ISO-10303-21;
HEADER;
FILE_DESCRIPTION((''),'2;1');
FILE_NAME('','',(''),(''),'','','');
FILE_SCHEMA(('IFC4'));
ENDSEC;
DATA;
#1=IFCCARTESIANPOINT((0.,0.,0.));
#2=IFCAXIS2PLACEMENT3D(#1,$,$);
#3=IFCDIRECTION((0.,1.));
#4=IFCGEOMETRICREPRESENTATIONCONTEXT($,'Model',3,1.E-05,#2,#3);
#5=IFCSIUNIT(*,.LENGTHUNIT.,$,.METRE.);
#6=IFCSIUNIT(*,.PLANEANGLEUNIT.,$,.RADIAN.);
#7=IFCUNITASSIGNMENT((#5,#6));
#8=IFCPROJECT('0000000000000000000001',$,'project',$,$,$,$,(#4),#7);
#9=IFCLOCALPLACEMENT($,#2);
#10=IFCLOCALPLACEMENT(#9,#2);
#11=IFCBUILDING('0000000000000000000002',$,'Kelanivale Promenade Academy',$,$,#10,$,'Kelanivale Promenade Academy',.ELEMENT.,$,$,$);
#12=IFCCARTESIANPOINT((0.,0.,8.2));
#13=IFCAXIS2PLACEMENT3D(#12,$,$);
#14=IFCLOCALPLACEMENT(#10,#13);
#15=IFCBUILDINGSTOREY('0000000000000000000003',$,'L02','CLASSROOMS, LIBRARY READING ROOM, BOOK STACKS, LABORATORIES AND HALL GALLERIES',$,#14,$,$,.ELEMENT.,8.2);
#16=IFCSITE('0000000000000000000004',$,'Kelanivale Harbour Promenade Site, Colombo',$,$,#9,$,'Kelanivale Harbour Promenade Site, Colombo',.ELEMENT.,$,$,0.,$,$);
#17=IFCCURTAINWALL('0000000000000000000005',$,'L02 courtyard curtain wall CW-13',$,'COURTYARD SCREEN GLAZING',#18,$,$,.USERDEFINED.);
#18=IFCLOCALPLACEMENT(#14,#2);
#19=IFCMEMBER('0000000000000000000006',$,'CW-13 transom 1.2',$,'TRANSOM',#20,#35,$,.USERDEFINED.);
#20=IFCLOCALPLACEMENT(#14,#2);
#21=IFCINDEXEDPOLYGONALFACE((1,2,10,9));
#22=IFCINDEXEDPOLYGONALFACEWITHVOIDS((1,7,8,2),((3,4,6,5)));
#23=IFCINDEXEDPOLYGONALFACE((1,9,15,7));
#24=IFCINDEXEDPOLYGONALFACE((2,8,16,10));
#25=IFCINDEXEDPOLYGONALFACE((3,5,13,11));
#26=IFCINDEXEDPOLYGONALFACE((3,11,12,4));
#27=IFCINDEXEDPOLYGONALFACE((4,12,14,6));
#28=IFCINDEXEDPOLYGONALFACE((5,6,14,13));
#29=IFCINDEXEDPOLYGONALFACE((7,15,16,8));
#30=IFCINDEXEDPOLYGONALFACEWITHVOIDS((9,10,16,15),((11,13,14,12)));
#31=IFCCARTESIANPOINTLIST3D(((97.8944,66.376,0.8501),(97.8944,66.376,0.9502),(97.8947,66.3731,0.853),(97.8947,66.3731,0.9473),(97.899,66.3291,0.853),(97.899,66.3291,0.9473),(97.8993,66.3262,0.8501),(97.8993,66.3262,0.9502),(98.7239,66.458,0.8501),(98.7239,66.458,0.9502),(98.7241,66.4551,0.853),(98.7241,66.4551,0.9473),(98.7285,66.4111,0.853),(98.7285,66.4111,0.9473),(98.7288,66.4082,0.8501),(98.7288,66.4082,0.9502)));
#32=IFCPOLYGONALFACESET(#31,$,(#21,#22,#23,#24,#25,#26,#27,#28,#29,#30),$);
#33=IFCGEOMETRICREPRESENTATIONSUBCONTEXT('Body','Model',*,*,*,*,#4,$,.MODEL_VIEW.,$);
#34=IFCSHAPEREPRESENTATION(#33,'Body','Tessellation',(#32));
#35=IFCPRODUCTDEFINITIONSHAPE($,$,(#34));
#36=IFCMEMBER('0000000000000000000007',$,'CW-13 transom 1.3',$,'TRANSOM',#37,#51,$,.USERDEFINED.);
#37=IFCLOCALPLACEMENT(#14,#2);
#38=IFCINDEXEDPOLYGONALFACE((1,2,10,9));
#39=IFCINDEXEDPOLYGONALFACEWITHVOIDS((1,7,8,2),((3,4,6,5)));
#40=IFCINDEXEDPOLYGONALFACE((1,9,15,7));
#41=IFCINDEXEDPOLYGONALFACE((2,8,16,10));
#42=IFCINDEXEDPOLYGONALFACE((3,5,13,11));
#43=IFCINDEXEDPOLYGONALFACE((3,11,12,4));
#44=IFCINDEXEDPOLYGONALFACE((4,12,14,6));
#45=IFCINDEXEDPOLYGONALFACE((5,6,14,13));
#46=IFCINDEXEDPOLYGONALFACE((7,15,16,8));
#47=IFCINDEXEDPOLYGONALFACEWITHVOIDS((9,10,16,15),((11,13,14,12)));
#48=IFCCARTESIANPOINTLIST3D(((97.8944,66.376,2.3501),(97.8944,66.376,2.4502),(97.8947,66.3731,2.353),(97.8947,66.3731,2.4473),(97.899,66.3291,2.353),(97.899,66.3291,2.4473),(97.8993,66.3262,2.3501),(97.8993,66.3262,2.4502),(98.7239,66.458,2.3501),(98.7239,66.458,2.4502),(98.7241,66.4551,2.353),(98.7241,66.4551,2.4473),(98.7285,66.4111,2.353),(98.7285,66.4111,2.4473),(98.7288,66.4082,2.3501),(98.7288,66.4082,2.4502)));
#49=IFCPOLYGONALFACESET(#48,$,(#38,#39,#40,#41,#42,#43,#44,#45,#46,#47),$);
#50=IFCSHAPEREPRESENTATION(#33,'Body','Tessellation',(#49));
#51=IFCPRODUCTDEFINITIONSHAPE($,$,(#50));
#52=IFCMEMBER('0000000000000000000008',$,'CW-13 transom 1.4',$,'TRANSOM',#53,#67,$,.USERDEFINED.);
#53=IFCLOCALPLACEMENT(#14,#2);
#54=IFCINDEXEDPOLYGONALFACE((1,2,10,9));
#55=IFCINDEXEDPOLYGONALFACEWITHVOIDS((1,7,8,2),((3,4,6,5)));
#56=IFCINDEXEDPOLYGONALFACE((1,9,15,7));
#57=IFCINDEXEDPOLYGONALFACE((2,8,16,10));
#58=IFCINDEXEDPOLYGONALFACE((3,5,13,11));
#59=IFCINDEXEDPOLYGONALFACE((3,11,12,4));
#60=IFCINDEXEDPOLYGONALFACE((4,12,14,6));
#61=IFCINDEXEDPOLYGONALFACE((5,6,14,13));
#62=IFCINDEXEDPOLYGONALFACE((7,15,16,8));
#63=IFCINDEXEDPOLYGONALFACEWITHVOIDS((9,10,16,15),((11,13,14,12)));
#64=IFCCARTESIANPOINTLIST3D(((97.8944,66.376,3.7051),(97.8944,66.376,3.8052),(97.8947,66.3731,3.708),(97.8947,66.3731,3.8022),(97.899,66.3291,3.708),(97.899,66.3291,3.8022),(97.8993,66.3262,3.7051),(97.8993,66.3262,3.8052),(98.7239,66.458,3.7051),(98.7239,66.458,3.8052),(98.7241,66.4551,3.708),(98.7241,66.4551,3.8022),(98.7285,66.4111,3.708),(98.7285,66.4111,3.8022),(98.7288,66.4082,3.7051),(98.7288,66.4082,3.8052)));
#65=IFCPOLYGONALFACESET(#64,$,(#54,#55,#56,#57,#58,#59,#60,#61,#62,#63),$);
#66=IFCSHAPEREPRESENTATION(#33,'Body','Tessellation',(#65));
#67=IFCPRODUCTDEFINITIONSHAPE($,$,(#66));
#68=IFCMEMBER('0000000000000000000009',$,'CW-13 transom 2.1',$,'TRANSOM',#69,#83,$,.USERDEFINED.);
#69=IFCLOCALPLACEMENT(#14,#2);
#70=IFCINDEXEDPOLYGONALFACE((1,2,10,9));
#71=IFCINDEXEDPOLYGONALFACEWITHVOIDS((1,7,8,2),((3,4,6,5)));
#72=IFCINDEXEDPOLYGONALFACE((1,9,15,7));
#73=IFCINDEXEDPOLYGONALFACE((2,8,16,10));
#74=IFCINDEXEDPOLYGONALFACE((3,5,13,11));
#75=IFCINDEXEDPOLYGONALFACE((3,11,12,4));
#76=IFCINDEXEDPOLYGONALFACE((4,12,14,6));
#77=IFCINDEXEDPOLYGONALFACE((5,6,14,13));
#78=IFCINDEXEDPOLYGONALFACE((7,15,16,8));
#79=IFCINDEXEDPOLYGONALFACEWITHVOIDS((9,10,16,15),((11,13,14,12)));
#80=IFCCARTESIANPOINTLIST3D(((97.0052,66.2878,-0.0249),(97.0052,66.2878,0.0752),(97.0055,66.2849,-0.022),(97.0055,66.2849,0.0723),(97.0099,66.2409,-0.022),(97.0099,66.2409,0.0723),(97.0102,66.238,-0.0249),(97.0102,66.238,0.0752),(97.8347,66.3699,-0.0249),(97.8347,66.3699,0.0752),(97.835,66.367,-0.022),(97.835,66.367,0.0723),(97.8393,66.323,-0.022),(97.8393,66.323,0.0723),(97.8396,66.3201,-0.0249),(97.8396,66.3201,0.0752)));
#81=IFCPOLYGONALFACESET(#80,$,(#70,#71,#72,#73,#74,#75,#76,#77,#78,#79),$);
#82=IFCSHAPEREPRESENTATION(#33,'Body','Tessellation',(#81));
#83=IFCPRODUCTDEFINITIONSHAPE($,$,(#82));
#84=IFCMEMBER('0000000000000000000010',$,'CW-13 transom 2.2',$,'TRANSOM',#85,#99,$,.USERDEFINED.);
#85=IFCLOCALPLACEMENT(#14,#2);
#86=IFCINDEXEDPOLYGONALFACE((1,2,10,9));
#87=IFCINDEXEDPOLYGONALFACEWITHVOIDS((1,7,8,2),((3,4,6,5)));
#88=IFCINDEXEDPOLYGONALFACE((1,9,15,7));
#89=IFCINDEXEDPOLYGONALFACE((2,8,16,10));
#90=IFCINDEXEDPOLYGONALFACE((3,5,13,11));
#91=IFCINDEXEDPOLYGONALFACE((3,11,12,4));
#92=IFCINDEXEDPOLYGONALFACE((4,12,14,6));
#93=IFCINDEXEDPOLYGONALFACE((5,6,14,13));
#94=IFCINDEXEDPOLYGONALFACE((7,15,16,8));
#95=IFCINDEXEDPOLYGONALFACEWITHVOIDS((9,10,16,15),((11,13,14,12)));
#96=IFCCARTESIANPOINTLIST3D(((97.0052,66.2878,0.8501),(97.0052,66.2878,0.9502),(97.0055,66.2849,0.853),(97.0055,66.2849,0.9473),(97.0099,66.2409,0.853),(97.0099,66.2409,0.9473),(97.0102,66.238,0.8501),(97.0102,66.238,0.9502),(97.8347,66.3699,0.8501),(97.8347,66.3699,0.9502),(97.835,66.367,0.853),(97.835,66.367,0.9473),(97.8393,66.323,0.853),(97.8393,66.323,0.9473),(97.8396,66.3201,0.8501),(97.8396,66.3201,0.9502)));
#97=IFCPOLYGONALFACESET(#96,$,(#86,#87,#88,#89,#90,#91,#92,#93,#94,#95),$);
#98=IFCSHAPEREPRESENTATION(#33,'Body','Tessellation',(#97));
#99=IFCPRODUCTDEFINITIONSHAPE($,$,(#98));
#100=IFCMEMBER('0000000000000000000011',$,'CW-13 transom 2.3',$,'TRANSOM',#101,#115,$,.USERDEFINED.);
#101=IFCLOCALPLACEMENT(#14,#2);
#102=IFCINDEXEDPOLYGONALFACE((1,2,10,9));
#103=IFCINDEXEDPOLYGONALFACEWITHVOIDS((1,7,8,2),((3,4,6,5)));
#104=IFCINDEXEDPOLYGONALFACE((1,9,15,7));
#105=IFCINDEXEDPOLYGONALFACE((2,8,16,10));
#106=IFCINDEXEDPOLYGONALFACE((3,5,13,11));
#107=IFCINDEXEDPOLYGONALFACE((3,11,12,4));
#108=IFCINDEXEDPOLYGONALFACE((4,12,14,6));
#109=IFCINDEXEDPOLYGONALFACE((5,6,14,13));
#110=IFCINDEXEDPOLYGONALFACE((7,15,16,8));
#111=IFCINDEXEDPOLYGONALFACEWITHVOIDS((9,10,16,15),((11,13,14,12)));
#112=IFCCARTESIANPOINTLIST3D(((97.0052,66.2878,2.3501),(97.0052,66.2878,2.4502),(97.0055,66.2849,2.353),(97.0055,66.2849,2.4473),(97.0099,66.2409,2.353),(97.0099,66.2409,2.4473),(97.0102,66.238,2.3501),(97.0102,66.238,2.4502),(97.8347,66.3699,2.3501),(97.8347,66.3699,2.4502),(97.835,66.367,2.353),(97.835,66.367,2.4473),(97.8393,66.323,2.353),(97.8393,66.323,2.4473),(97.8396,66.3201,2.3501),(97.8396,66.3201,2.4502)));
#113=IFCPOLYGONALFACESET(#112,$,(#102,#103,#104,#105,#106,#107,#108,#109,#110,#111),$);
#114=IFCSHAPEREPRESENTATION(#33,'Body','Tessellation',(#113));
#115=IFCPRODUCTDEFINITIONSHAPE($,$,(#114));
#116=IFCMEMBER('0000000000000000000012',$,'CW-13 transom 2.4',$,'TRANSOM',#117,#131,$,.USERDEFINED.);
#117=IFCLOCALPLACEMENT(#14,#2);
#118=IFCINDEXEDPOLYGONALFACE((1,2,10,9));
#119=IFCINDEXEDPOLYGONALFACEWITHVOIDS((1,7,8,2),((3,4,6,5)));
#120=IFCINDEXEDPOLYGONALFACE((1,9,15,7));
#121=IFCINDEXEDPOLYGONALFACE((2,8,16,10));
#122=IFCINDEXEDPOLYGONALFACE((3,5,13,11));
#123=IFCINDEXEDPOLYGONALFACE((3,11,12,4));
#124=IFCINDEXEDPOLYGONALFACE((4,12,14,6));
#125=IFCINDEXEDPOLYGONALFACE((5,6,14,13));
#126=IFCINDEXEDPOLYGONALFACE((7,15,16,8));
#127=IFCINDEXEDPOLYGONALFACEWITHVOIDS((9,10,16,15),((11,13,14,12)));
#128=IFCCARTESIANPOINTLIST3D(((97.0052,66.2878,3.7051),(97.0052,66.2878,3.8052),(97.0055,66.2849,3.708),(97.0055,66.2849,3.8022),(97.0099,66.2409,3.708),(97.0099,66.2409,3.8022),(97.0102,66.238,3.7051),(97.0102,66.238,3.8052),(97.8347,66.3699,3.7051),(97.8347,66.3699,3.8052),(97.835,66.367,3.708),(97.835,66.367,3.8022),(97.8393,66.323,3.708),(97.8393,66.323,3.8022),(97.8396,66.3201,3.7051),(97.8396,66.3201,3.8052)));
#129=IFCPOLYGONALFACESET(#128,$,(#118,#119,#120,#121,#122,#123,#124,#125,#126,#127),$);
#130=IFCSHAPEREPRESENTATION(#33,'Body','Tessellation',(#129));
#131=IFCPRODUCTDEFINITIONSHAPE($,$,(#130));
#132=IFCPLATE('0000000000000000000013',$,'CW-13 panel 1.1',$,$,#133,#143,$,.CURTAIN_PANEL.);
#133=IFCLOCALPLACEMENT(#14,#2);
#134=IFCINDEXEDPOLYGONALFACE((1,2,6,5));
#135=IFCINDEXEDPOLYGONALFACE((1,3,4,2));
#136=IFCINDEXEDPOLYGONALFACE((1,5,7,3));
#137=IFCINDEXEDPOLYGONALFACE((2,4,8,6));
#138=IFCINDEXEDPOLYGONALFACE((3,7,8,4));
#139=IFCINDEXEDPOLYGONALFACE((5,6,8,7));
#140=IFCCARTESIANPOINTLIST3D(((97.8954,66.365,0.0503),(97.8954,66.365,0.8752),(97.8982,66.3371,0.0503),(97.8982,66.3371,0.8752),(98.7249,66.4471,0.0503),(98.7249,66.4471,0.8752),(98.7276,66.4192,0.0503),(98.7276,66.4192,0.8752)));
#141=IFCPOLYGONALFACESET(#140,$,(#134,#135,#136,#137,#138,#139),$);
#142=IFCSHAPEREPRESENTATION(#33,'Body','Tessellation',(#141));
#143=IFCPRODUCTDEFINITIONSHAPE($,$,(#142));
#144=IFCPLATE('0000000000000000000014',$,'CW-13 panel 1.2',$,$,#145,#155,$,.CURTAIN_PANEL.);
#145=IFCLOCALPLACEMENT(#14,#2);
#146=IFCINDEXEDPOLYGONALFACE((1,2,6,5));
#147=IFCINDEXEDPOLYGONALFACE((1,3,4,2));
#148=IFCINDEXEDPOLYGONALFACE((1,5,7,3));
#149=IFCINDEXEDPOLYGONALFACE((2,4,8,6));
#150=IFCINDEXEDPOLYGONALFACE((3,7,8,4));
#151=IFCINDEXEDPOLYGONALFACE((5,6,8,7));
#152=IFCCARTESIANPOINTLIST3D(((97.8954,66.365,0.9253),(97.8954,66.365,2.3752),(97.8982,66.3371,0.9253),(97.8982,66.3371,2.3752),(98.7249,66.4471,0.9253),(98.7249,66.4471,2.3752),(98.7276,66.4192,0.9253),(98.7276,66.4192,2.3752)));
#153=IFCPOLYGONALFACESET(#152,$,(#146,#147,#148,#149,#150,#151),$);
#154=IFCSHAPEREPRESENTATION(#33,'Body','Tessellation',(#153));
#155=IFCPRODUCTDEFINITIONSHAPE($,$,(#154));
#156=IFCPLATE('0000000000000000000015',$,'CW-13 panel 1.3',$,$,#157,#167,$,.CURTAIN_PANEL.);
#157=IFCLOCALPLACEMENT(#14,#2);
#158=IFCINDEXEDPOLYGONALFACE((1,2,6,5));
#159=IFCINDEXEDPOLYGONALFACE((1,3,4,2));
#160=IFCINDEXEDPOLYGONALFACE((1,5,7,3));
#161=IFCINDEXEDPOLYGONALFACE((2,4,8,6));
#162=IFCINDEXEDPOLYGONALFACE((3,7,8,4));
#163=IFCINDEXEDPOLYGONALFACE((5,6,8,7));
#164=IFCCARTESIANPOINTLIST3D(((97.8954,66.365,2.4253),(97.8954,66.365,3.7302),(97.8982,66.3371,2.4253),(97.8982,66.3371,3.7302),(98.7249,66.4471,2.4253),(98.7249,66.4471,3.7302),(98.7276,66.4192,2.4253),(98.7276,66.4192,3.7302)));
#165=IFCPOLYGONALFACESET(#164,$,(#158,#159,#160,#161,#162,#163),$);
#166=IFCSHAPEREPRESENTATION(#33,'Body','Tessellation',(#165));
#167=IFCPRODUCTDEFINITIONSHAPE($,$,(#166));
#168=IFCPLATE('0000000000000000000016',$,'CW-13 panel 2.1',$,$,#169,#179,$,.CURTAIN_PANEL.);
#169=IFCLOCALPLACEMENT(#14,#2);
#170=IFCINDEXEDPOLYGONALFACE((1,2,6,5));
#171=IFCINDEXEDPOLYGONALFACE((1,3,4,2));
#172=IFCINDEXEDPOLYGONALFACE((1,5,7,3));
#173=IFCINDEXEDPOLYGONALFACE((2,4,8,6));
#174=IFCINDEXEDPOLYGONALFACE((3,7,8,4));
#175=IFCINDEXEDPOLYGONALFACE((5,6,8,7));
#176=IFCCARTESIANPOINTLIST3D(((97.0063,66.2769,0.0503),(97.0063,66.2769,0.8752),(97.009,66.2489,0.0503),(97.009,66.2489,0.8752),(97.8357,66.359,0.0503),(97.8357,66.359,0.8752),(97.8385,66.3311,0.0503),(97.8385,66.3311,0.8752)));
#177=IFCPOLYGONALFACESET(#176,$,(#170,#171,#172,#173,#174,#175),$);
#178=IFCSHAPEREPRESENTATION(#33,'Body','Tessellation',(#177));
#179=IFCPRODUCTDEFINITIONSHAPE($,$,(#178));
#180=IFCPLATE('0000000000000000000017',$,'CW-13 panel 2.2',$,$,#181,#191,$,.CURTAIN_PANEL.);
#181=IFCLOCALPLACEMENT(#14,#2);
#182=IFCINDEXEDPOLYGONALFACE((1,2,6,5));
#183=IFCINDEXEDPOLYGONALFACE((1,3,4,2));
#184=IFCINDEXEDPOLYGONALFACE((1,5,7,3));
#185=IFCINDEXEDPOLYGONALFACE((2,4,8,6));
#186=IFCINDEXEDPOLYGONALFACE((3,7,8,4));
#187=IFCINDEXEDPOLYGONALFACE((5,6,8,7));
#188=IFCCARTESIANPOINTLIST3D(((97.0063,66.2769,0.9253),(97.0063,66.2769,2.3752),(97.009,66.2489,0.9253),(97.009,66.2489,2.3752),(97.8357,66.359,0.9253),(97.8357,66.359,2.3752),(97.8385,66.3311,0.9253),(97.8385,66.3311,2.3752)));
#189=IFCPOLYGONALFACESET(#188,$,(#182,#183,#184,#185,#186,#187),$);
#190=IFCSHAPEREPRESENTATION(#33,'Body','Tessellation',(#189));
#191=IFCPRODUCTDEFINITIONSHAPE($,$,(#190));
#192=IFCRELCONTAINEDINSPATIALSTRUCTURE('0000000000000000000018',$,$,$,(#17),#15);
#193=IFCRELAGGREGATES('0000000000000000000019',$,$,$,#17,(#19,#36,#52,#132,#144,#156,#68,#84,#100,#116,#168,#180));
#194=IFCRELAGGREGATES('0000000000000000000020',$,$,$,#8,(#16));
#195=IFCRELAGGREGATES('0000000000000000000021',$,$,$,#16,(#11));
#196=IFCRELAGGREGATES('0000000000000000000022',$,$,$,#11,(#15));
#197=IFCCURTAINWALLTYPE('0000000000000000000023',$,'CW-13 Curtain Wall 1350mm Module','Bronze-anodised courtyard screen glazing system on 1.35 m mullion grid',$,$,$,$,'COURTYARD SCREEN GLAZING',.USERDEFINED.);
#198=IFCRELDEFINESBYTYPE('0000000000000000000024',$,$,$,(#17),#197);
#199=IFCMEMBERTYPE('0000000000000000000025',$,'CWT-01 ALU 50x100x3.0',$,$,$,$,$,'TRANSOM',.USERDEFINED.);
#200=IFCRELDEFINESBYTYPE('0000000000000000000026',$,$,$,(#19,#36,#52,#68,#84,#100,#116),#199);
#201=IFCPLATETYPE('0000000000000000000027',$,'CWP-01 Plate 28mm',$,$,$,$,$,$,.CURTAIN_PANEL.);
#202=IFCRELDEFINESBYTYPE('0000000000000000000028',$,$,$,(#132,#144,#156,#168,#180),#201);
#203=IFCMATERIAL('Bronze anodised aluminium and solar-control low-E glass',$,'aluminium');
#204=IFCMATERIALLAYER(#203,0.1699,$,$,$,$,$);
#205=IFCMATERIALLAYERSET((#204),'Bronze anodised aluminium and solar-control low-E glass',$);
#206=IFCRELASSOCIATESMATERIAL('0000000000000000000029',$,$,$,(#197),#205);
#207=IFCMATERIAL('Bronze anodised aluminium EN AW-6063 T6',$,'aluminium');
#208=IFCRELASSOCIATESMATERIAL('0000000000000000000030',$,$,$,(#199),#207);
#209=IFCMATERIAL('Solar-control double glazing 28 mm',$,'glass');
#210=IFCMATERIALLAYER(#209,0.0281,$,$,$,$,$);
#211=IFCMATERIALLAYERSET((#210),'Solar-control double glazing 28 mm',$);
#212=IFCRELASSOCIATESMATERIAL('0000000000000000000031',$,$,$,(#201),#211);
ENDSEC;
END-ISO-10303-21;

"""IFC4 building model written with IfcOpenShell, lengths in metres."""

from ifc_helpers import new_model, si_unit, direction, frame, origin, origin_2d, place, context, subcontext, project, spatial, rectangle, hollow_rectangle, extrude, material, layer, layer_set, material_profile, profile_set, type_object, element, aggregate, save


model = new_model("IFC4")

# Units and contexts
model_context = context("Model", 3, precision=1e-05, world=origin(), true_north=direction((0.0, 1.0)))
body_context = subcontext(model_context, "Body", "Model", "MODEL_VIEW")
ifc_project = project(units=[si_unit("LENGTHUNIT", "METRE"), si_unit("PLANEANGLEUNIT", "RADIAN")], contexts=[model_context])

# Site, building, storey
site_placement = place(None, origin())
site = spatial("IfcSite", under=ifc_project, at=site_placement, Name="Kelanivale Harbour Promenade Site, Colombo", LongName="Kelanivale Harbour Promenade Site, Colombo", CompositionType="ELEMENT", RefElevation=0.0)
building_placement = place(site_placement, origin())
building = spatial("IfcBuilding", under=site, at=building_placement, Name="Kelanivale Promenade Academy", LongName="Kelanivale Promenade Academy", CompositionType="ELEMENT")
storey_placement = place(building_placement, frame((0.0, 0.0, 8.2)))
storey = spatial("IfcBuildingStorey", under=building, at=storey_placement, Name="L02", Description="CLASSROOMS, LIBRARY READING ROOM, BOOK STACKS, LABORATORIES AND HALL GALLERIES", CompositionType="ELEMENT", Elevation=8.2)

# Curtain wall
ifc_material_1 = material(Name="Bronze anodised aluminium and solar-control low-E glass", Category="aluminium")
ifc_layer_1 = layer(ifc_material_1, 0.1699)
ifc_layer_set_1 = layer_set([ifc_layer_1], Name="Bronze anodised aluminium and solar-control low-E glass")
curtain_wall_type_1 = type_object("IfcCurtainWallType", Name="CW-13 Curtain Wall 1350mm Module", Description="Bronze-anodised courtyard screen glazing system on 1.35 m mullion grid", ElementType="COURTYARD SCREEN GLAZING", PredefinedType="USERDEFINED", material=ifc_layer_set_1)
curtain_wall_1_placement = place(storey_placement, origin())
curtain_wall_1 = element("IfcCurtainWall", 1, at=curtain_wall_1_placement, inside=storey, type_object=curtain_wall_type_1, Name="L02 courtyard curtain wall CW-13", ObjectType="COURTYARD SCREEN GLAZING", PredefinedType="USERDEFINED")
ifc_material_2 = material(Name="Bronze anodised aluminium EN AW-6063 T6", Category="aluminium")

# Members
ifc_material_profile_1 = material_profile(ifc_material_2, hollow_rectangle(XDim=0.05, YDim=0.1001, WallThickness=0.0029, at=origin_2d()), Name="ALU 50x100x3.0")
ifc_profile_set_1 = profile_set([ifc_material_profile_1], Name="Bronze anodised aluminium EN AW-6063 T6")
member_type_1 = type_object("IfcMemberType", Name="CWT-01 ALU 50x100x3.0", ElementType="TRANSOM", PredefinedType="USERDEFINED", material=ifc_profile_set_1)
member_1_placement = place(storey_placement, frame((98.7263, 66.4331, 0.9001), z_axis=(-0.995144, -0.09843, 0.0), x_axis=(0.09843, -0.995144, 0.0)))
member_1 = element("IfcMember", 2, at=member_1_placement, type_object=member_type_1, Name="CW-13 transom 1.2", ObjectType="TRANSOM", PredefinedType="USERDEFINED", context=body_context, shape_type="SweptSolid", body=[
    extrude(hollow_rectangle(XDim=0.05, YDim=0.1001, WallThickness=0.0029, at=origin_2d()), origin(), (0.0, 0.0, 1.0), 0.8335),
])
member_2_placement = place(storey_placement, frame((98.7263, 66.4331, 2.4001), z_axis=(-0.995144, -0.09843, 0.0), x_axis=(0.09843, -0.995144, 0.0)))
member_2 = element("IfcMember", 3, at=member_2_placement, type_object=member_type_1, Name="CW-13 transom 1.3", ObjectType="TRANSOM", PredefinedType="USERDEFINED", context=body_context, shape_type="SweptSolid", body=[
    extrude(hollow_rectangle(XDim=0.05, YDim=0.1001, WallThickness=0.0029, at=origin_2d()), origin(), (0.0, 0.0, 1.0), 0.8335),
])
member_3_placement = place(storey_placement, frame((98.7263, 66.4331, 3.7551), z_axis=(-0.995144, -0.09843, 0.0), x_axis=(0.09843, -0.995144, 0.0)))
member_3 = element("IfcMember", 4, at=member_3_placement, type_object=member_type_1, Name="CW-13 transom 1.4", ObjectType="TRANSOM", PredefinedType="USERDEFINED", context=body_context, shape_type="SweptSolid", body=[
    extrude(hollow_rectangle(XDim=0.05, YDim=0.1001, WallThickness=0.0029, at=origin_2d()), origin(), (0.0, 0.0, 1.0), 0.8335),
])
member_4_placement = place(storey_placement, frame((97.8372, 66.345, 0.0251), z_axis=(-0.995144, -0.09843, 0.0), x_axis=(0.09843, -0.995144, 0.0)))
member_4 = element("IfcMember", 5, at=member_4_placement, type_object=member_type_1, Name="CW-13 transom 2.1", ObjectType="TRANSOM", PredefinedType="USERDEFINED", context=body_context, shape_type="SweptSolid", body=[
    extrude(hollow_rectangle(XDim=0.05, YDim=0.1001, WallThickness=0.0029, at=origin_2d()), origin(), (0.0, 0.0, 1.0), 0.8335),
])
member_5_placement = place(storey_placement, frame((97.8372, 66.345, 0.9001), z_axis=(-0.995144, -0.09843, 0.0), x_axis=(0.09843, -0.995144, 0.0)))
member_5 = element("IfcMember", 6, at=member_5_placement, type_object=member_type_1, Name="CW-13 transom 2.2", ObjectType="TRANSOM", PredefinedType="USERDEFINED", context=body_context, shape_type="SweptSolid", body=[
    extrude(hollow_rectangle(XDim=0.05, YDim=0.1001, WallThickness=0.0029, at=origin_2d()), origin(), (0.0, 0.0, 1.0), 0.8335),
])
member_6_placement = place(storey_placement, frame((97.8372, 66.345, 2.4001), z_axis=(-0.995144, -0.09843, 0.0), x_axis=(0.09843, -0.995144, 0.0)))
member_6 = element("IfcMember", 7, at=member_6_placement, type_object=member_type_1, Name="CW-13 transom 2.3", ObjectType="TRANSOM", PredefinedType="USERDEFINED", context=body_context, shape_type="SweptSolid", body=[
    extrude(hollow_rectangle(XDim=0.05, YDim=0.1001, WallThickness=0.0029, at=origin_2d()), origin(), (0.0, 0.0, 1.0), 0.8335),
])
member_7_placement = place(storey_placement, frame((97.8372, 66.345, 3.7551), z_axis=(-0.995144, -0.09843, 0.0), x_axis=(0.09843, -0.995144, 0.0)))
member_7 = element("IfcMember", 8, at=member_7_placement, type_object=member_type_1, Name="CW-13 transom 2.4", ObjectType="TRANSOM", PredefinedType="USERDEFINED", context=body_context, shape_type="SweptSolid", body=[
    extrude(hollow_rectangle(XDim=0.05, YDim=0.1001, WallThickness=0.0029, at=origin_2d()), origin(), (0.0, 0.0, 1.0), 0.8335),
])

# Plates
ifc_material_3 = material(Name="Solar-control double glazing 28 mm", Category="glass")
ifc_layer_2 = layer(ifc_material_3, 0.0281)
ifc_layer_set_2 = layer_set([ifc_layer_2], Name="Solar-control double glazing 28 mm")
plate_type_1 = type_object("IfcPlateType", Name="CWP-01 Plate 28mm", PredefinedType="CURTAIN_PANEL", material=ifc_layer_set_2)
plate_1_placement = place(storey_placement, frame((98.3115, 66.3921, 0.0503), z_axis=(0.0, 0.0, 1.0), x_axis=(-0.995133, -0.098539, 0.0)))
plate_1 = element("IfcPlate", 9, at=plate_1_placement, type_object=plate_type_1, Name="CW-13 panel 1.1", PredefinedType="CURTAIN_PANEL", context=body_context, shape_type="SweptSolid", body=[
    extrude(rectangle(XDim=0.8335, YDim=0.0281, at=origin_2d()), origin(), (0.0, 0.0, 1.0), 0.825),
])
plate_2_placement = place(storey_placement, frame((98.3115, 66.3921, 0.9253), z_axis=(0.0, 0.0, 1.0), x_axis=(-0.995133, -0.098539, 0.0)))
plate_2 = element("IfcPlate", 10, at=plate_2_placement, type_object=plate_type_1, Name="CW-13 panel 1.2", PredefinedType="CURTAIN_PANEL", context=body_context, shape_type="SweptSolid", body=[
    extrude(rectangle(XDim=0.8335, YDim=0.0281, at=origin_2d()), origin(), (0.0, 0.0, 1.0), 1.45),
])
plate_3_placement = place(storey_placement, frame((98.3115, 66.3921, 2.4253), z_axis=(0.0, 0.0, 1.0), x_axis=(-0.995133, -0.098539, 0.0)))
plate_3 = element("IfcPlate", 11, at=plate_3_placement, type_object=plate_type_1, Name="CW-13 panel 1.3", PredefinedType="CURTAIN_PANEL", context=body_context, shape_type="SweptSolid", body=[
    extrude(rectangle(XDim=0.8335, YDim=0.0281, at=origin_2d()), origin(), (0.0, 0.0, 1.0), 1.3049),
])
plate_4_placement = place(storey_placement, frame((97.4224, 66.304, 0.0503), z_axis=(0.0, 0.0, 1.0), x_axis=(-0.995133, -0.098539, 0.0)))
plate_4 = element("IfcPlate", 12, at=plate_4_placement, type_object=plate_type_1, Name="CW-13 panel 2.1", PredefinedType="CURTAIN_PANEL", context=body_context, shape_type="SweptSolid", body=[
    extrude(rectangle(XDim=0.8335, YDim=0.0281, at=origin_2d()), origin(), (0.0, 0.0, 1.0), 0.825),
])
plate_5_placement = place(storey_placement, frame((97.4224, 66.304, 0.9253), z_axis=(0.0, 0.0, 1.0), x_axis=(-0.995133, -0.098539, 0.0)))
plate_5 = element("IfcPlate", 13, at=plate_5_placement, type_object=plate_type_1, Name="CW-13 panel 2.2", PredefinedType="CURTAIN_PANEL", context=body_context, shape_type="SweptSolid", body=[
    extrude(rectangle(XDim=0.8335, YDim=0.0281, at=origin_2d()), origin(), (0.0, 0.0, 1.0), 1.45),
])
aggregate(curtain_wall_1, [member_1, member_2, member_3, plate_1, plate_2, plate_3, member_4, member_5, member_6, member_7, plate_4, plate_5])

save(model, "model.ifc")
